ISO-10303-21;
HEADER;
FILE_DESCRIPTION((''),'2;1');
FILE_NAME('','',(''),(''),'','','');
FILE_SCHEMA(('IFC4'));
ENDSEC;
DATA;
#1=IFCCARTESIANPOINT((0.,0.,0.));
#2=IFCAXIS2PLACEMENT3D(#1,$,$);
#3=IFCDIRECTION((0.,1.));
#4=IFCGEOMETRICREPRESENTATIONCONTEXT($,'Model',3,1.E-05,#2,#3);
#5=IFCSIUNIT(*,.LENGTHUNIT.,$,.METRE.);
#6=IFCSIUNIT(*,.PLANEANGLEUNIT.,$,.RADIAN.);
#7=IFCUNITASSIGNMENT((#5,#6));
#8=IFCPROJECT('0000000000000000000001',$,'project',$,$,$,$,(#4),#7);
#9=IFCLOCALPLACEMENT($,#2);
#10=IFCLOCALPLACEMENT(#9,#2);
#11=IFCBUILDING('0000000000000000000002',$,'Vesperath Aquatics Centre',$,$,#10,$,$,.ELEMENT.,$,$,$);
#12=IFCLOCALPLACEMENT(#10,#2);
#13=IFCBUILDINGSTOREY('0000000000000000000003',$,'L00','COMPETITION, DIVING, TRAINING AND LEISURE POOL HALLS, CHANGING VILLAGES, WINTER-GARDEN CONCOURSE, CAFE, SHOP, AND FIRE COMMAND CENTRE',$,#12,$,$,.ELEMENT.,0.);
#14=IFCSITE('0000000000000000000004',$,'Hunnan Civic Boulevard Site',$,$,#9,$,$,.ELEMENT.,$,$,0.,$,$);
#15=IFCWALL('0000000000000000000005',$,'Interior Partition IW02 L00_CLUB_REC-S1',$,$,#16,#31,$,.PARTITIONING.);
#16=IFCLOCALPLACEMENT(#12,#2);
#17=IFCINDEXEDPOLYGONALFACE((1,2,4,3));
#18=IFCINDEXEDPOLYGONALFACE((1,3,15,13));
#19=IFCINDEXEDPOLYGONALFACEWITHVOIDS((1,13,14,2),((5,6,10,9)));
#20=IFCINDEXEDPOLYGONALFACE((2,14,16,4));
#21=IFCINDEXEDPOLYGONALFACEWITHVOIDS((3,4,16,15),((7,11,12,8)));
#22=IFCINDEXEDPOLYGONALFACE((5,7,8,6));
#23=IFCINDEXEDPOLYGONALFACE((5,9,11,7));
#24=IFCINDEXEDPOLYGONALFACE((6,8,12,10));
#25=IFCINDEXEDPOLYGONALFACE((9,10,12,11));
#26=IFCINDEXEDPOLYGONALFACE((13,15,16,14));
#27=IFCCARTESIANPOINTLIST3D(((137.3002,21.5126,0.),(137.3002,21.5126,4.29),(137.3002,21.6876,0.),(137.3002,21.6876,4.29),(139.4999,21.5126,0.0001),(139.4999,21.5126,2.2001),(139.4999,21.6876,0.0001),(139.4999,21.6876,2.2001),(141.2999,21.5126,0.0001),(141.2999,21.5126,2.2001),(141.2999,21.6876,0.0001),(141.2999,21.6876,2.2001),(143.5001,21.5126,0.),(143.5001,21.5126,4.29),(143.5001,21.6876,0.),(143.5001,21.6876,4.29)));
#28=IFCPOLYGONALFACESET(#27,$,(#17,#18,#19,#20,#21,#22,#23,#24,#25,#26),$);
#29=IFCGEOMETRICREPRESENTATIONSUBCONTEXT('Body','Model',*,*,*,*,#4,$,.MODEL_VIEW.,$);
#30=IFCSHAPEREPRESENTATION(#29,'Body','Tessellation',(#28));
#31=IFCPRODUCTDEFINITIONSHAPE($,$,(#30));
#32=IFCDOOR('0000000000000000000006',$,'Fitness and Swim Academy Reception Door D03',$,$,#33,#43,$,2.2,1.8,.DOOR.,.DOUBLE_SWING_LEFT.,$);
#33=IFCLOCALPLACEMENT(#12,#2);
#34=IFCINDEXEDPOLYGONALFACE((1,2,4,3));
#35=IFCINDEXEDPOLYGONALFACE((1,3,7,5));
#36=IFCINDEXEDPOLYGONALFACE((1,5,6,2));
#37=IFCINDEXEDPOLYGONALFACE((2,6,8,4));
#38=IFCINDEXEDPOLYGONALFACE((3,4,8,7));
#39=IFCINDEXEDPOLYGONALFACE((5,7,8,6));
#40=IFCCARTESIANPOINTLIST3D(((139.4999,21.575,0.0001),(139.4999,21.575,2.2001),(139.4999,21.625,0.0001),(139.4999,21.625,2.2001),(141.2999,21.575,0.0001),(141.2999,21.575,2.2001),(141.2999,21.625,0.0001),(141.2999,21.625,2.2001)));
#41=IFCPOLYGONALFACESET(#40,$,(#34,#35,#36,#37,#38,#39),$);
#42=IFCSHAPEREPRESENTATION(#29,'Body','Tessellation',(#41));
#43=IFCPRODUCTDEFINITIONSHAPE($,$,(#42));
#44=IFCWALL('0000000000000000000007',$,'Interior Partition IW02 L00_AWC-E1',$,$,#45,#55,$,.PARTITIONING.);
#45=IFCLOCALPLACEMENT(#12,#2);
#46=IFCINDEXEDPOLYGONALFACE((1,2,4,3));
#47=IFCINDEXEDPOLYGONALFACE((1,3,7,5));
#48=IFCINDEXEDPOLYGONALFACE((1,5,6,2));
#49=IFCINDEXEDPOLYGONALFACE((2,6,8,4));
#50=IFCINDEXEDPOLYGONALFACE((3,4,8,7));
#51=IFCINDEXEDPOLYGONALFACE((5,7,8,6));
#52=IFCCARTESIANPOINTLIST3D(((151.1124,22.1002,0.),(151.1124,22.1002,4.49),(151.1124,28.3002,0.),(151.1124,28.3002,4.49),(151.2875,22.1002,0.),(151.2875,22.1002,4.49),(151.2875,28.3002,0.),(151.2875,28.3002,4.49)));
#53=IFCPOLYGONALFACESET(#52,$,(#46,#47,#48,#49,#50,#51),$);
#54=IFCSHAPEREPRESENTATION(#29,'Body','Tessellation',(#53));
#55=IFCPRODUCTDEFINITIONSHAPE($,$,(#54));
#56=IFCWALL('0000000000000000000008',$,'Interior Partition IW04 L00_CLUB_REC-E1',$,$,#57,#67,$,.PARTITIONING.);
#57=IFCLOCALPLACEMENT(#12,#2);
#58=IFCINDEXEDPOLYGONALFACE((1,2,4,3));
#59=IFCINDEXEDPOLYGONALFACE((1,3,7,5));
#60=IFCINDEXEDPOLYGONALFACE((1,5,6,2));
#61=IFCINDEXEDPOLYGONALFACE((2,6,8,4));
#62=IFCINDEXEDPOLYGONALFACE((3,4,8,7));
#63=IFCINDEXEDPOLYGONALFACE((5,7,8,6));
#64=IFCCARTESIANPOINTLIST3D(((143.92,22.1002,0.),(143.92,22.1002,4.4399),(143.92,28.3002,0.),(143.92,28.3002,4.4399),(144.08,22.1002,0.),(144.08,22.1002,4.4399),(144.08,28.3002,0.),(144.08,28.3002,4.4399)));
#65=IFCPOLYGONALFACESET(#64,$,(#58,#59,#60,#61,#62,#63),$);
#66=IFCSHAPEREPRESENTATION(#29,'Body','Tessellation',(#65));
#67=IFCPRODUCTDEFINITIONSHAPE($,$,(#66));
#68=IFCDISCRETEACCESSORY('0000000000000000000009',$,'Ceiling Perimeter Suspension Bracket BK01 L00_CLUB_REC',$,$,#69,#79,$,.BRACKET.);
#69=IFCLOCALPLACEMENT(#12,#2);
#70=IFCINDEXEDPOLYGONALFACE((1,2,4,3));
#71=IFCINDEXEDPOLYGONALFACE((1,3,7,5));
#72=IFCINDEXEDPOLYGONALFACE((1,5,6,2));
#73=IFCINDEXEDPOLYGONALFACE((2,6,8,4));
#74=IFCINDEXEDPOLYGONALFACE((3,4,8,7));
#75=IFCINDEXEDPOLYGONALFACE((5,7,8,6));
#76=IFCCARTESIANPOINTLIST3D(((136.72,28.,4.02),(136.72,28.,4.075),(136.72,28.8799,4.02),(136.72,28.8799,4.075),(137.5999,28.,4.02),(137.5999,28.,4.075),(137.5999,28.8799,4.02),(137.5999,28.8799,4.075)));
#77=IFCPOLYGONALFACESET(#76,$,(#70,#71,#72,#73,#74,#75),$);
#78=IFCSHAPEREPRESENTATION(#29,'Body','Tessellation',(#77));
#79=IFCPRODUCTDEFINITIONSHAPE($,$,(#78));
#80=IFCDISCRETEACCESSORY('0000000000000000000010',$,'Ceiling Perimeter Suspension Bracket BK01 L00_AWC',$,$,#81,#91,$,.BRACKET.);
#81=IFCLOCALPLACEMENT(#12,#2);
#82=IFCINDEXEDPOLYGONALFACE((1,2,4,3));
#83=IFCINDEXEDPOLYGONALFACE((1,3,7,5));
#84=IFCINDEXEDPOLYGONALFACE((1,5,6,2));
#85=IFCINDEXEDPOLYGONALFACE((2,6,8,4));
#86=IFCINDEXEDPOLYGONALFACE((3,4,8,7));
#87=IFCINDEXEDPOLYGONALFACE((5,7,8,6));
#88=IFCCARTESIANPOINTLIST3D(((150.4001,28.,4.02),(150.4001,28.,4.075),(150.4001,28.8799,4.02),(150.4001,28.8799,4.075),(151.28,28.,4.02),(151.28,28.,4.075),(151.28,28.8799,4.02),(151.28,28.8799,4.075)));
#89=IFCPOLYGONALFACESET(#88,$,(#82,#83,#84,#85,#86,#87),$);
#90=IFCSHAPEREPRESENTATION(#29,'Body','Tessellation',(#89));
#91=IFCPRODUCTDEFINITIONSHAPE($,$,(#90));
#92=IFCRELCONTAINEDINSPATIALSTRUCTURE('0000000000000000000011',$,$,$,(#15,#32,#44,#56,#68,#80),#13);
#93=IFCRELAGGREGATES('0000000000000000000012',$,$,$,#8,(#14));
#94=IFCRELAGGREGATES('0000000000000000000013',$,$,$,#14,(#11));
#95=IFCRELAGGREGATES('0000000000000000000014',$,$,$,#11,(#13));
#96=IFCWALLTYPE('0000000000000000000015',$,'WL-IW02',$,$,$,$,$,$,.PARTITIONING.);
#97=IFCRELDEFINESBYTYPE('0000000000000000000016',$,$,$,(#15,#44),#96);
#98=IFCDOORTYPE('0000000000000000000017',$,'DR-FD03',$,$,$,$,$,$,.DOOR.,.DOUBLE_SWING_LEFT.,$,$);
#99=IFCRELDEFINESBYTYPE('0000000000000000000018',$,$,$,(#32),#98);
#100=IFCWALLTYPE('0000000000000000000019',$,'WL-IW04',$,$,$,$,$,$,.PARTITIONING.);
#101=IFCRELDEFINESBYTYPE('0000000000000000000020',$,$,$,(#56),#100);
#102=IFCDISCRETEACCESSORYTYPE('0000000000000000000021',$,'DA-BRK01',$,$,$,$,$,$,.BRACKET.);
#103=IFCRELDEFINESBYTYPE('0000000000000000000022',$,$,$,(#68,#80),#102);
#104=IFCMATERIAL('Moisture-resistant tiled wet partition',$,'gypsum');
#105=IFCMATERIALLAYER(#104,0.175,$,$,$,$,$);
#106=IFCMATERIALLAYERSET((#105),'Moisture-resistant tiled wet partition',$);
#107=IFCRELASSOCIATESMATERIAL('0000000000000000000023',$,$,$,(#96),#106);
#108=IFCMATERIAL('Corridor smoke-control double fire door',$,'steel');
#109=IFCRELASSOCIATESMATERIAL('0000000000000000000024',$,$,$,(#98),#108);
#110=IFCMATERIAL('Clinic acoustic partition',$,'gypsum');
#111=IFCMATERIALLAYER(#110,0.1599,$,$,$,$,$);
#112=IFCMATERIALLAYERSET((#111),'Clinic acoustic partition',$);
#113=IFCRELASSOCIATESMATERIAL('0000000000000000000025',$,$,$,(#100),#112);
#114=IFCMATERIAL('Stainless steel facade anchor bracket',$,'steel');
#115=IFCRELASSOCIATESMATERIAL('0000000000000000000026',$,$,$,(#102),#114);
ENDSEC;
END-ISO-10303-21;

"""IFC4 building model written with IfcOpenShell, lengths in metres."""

from ifc_helpers import new_model, si_unit, direction, frame, frame_2d, origin, origin_2d, place, context, subcontext, project, spatial, rectangle, extrude, material, layer, layer_set, type_object, element, fill, save


model = new_model("IFC4")

# Units and contexts
model_context = context("Model", 3, precision=1e-05, world=origin(), true_north=direction((0.0, 1.0)))
body_context = subcontext(model_context, "Body", "Model", "MODEL_VIEW")
ifc_project = project(units=[si_unit("LENGTHUNIT", "METRE"), si_unit("PLANEANGLEUNIT", "RADIAN")], contexts=[model_context])

# Site, building, storey
site_placement = place(None, origin())
site = spatial("IfcSite", under=ifc_project, at=site_placement, Name="Hunnan Civic Boulevard Site", CompositionType="ELEMENT", RefElevation=0.0)
building_placement = place(site_placement, origin())
building = spatial("IfcBuilding", under=site, at=building_placement, Name="Vesperath Aquatics Centre", CompositionType="ELEMENT")
storey_placement = place(building_placement, origin())
storey = spatial("IfcBuildingStorey", under=building, at=storey_placement, Name="L00", Description="COMPETITION, DIVING, TRAINING AND LEISURE POOL HALLS, CHANGING VILLAGES, WINTER-GARDEN CONCOURSE, CAFE, SHOP, AND FIRE COMMAND CENTRE", CompositionType="ELEMENT", Elevation=0.0)

# Wall, opening, door
ifc_material_1 = material(Name="Moisture-resistant tiled wet partition", Category="gypsum")
ifc_layer_1 = layer(ifc_material_1, 0.175)
ifc_layer_set_1 = layer_set([ifc_layer_1], Name="Moisture-resistant tiled wet partition")
wall_type_1 = type_object("IfcWallType", Name="WL-IW02", PredefinedType="PARTITIONING", material=ifc_layer_set_1)
wall_1_placement = place(storey_placement, frame((137.3, 21.6001, 0.0), z_axis=(0.0, 0.0, 1.0), x_axis=(1.0, 0.0, 0.0)))
wall_1 = element("IfcWall", 1, at=wall_1_placement, inside=storey, type_object=wall_type_1, Name="Interior Partition IW02 L00_CLUB_REC-S1", PredefinedType="PARTITIONING", context=body_context, shape_type="SweptSolid", body=[
    extrude(rectangle(XDim=6.2, YDim=0.175, at=frame_2d((3.1001, 0.0))), origin(), (0.0, 0.0, 1.0), 4.29),
])
opening_1_placement = place(wall_1_placement, frame((2.2, 0.0, 0.0)))
opening_1 = element("IfcOpeningElement", 2, at=opening_1_placement, cuts=wall_1, PredefinedType="OPENING", context=body_context, shape_type="SweptSolid", body=[
    extrude(rectangle(XDim=1.8, YDim=2.2, at=frame_2d((0.8999, 1.1001))), frame((0.0, 0.1025, 0.0), z_axis=(0.0, -1.0, 0.0), x_axis=(1.0, 0.0, 0.0)), (0.0, 0.0, 1.0), 0.2048),
])
ifc_material_2 = material(Name="Corridor smoke-control double fire door", Category="steel")
door_type_1 = type_object("IfcDoorType", Name="DR-FD03", OperationType="DOUBLE_SWING_LEFT", PredefinedType="DOOR", material=ifc_material_2)
door_1_placement = place(opening_1_placement, origin())
door_1 = element("IfcDoor", 3, at=door_1_placement, inside=storey, type_object=door_type_1, Name="Fitness and Swim Academy Reception Door D03", OperationType="DOUBLE_SWING_LEFT", OverallHeight=2.2, OverallWidth=1.8, PredefinedType="DOOR", context=body_context, shape_type="SweptSolid", body=[
    extrude(rectangle(XDim=1.8, YDim=2.2, at=frame_2d((0.8999, 1.1001))), frame((0.0, 0.0249, 0.0), z_axis=(0.0, -1.0, 0.0), x_axis=(1.0, 0.0, 0.0)), (0.0, 0.0, 1.0), 0.05),
])
fill(opening_1, door_1)

# Walls
wall_2_placement = place(storey_placement, frame((151.2, 22.1001, 0.0), z_axis=(0.0, 0.0, 1.0), x_axis=(0.0, 1.0, 0.0)))
element("IfcWall", 4, at=wall_2_placement, inside=storey, type_object=wall_type_1, Name="Interior Partition IW02 L00_AWC-E1", PredefinedType="PARTITIONING", context=body_context, shape_type="SweptSolid", body=[
    extrude(rectangle(XDim=6.2, YDim=0.175, at=frame_2d((3.1001, 0.0))), origin(), (0.0, 0.0, 1.0), 4.49),
])
ifc_material_3 = material(Name="Clinic acoustic partition", Category="gypsum")
ifc_layer_2 = layer(ifc_material_3, 0.1599)
ifc_layer_set_2 = layer_set([ifc_layer_2], Name="Clinic acoustic partition")
wall_type_2 = type_object("IfcWallType", Name="WL-IW04", PredefinedType="PARTITIONING", material=ifc_layer_set_2)
wall_3_placement = place(storey_placement, frame((144.0, 22.1001, 0.0), z_axis=(0.0, 0.0, 1.0), x_axis=(0.0, 1.0, 0.0)))
element("IfcWall", 5, at=wall_3_placement, inside=storey, type_object=wall_type_2, Name="Interior Partition IW04 L00_CLUB_REC-E1", PredefinedType="PARTITIONING", context=body_context, shape_type="SweptSolid", body=[
    extrude(rectangle(XDim=6.2, YDim=0.1599, at=frame_2d((3.1001, 0.0))), origin(), (0.0, 0.0, 1.0), 4.4399),
])

# Discrete accessories
ifc_material_4 = material(Name="Stainless steel facade anchor bracket", Category="steel")
discrete_accessory_type = type_object("IfcDiscreteAccessoryType", Name="DA-BRK01", PredefinedType="BRACKET", material=ifc_material_4)
for number, where, z_axis, x_axis, name in (
    (6, (137.1599, 28.4399, 4.02), (0.0, 0.0, 1.0), (1.0, 0.0, 0.0), "Ceiling Perimeter Suspension Bracket BK01 L00_CLUB_REC"),
    (7, (150.8401, 28.4399, 4.02), (0.0, 0.0, 1.0), (1.0, 0.0, 0.0), "Ceiling Perimeter Suspension Bracket BK01 L00_AWC"),
):
    element("IfcDiscreteAccessory", number, at=place(storey_placement, frame(where, z_axis=z_axis, x_axis=x_axis)), inside=storey, type_object=discrete_accessory_type, Name=name, PredefinedType="BRACKET", context=body_context, shape_type="SweptSolid", body=[
        extrude(rectangle(XDim=0.8799, YDim=0.8799, at=origin_2d()), origin(), (0.0, 0.0, 1.0), 0.0549),
    ])

save(model, "model.ifc")
